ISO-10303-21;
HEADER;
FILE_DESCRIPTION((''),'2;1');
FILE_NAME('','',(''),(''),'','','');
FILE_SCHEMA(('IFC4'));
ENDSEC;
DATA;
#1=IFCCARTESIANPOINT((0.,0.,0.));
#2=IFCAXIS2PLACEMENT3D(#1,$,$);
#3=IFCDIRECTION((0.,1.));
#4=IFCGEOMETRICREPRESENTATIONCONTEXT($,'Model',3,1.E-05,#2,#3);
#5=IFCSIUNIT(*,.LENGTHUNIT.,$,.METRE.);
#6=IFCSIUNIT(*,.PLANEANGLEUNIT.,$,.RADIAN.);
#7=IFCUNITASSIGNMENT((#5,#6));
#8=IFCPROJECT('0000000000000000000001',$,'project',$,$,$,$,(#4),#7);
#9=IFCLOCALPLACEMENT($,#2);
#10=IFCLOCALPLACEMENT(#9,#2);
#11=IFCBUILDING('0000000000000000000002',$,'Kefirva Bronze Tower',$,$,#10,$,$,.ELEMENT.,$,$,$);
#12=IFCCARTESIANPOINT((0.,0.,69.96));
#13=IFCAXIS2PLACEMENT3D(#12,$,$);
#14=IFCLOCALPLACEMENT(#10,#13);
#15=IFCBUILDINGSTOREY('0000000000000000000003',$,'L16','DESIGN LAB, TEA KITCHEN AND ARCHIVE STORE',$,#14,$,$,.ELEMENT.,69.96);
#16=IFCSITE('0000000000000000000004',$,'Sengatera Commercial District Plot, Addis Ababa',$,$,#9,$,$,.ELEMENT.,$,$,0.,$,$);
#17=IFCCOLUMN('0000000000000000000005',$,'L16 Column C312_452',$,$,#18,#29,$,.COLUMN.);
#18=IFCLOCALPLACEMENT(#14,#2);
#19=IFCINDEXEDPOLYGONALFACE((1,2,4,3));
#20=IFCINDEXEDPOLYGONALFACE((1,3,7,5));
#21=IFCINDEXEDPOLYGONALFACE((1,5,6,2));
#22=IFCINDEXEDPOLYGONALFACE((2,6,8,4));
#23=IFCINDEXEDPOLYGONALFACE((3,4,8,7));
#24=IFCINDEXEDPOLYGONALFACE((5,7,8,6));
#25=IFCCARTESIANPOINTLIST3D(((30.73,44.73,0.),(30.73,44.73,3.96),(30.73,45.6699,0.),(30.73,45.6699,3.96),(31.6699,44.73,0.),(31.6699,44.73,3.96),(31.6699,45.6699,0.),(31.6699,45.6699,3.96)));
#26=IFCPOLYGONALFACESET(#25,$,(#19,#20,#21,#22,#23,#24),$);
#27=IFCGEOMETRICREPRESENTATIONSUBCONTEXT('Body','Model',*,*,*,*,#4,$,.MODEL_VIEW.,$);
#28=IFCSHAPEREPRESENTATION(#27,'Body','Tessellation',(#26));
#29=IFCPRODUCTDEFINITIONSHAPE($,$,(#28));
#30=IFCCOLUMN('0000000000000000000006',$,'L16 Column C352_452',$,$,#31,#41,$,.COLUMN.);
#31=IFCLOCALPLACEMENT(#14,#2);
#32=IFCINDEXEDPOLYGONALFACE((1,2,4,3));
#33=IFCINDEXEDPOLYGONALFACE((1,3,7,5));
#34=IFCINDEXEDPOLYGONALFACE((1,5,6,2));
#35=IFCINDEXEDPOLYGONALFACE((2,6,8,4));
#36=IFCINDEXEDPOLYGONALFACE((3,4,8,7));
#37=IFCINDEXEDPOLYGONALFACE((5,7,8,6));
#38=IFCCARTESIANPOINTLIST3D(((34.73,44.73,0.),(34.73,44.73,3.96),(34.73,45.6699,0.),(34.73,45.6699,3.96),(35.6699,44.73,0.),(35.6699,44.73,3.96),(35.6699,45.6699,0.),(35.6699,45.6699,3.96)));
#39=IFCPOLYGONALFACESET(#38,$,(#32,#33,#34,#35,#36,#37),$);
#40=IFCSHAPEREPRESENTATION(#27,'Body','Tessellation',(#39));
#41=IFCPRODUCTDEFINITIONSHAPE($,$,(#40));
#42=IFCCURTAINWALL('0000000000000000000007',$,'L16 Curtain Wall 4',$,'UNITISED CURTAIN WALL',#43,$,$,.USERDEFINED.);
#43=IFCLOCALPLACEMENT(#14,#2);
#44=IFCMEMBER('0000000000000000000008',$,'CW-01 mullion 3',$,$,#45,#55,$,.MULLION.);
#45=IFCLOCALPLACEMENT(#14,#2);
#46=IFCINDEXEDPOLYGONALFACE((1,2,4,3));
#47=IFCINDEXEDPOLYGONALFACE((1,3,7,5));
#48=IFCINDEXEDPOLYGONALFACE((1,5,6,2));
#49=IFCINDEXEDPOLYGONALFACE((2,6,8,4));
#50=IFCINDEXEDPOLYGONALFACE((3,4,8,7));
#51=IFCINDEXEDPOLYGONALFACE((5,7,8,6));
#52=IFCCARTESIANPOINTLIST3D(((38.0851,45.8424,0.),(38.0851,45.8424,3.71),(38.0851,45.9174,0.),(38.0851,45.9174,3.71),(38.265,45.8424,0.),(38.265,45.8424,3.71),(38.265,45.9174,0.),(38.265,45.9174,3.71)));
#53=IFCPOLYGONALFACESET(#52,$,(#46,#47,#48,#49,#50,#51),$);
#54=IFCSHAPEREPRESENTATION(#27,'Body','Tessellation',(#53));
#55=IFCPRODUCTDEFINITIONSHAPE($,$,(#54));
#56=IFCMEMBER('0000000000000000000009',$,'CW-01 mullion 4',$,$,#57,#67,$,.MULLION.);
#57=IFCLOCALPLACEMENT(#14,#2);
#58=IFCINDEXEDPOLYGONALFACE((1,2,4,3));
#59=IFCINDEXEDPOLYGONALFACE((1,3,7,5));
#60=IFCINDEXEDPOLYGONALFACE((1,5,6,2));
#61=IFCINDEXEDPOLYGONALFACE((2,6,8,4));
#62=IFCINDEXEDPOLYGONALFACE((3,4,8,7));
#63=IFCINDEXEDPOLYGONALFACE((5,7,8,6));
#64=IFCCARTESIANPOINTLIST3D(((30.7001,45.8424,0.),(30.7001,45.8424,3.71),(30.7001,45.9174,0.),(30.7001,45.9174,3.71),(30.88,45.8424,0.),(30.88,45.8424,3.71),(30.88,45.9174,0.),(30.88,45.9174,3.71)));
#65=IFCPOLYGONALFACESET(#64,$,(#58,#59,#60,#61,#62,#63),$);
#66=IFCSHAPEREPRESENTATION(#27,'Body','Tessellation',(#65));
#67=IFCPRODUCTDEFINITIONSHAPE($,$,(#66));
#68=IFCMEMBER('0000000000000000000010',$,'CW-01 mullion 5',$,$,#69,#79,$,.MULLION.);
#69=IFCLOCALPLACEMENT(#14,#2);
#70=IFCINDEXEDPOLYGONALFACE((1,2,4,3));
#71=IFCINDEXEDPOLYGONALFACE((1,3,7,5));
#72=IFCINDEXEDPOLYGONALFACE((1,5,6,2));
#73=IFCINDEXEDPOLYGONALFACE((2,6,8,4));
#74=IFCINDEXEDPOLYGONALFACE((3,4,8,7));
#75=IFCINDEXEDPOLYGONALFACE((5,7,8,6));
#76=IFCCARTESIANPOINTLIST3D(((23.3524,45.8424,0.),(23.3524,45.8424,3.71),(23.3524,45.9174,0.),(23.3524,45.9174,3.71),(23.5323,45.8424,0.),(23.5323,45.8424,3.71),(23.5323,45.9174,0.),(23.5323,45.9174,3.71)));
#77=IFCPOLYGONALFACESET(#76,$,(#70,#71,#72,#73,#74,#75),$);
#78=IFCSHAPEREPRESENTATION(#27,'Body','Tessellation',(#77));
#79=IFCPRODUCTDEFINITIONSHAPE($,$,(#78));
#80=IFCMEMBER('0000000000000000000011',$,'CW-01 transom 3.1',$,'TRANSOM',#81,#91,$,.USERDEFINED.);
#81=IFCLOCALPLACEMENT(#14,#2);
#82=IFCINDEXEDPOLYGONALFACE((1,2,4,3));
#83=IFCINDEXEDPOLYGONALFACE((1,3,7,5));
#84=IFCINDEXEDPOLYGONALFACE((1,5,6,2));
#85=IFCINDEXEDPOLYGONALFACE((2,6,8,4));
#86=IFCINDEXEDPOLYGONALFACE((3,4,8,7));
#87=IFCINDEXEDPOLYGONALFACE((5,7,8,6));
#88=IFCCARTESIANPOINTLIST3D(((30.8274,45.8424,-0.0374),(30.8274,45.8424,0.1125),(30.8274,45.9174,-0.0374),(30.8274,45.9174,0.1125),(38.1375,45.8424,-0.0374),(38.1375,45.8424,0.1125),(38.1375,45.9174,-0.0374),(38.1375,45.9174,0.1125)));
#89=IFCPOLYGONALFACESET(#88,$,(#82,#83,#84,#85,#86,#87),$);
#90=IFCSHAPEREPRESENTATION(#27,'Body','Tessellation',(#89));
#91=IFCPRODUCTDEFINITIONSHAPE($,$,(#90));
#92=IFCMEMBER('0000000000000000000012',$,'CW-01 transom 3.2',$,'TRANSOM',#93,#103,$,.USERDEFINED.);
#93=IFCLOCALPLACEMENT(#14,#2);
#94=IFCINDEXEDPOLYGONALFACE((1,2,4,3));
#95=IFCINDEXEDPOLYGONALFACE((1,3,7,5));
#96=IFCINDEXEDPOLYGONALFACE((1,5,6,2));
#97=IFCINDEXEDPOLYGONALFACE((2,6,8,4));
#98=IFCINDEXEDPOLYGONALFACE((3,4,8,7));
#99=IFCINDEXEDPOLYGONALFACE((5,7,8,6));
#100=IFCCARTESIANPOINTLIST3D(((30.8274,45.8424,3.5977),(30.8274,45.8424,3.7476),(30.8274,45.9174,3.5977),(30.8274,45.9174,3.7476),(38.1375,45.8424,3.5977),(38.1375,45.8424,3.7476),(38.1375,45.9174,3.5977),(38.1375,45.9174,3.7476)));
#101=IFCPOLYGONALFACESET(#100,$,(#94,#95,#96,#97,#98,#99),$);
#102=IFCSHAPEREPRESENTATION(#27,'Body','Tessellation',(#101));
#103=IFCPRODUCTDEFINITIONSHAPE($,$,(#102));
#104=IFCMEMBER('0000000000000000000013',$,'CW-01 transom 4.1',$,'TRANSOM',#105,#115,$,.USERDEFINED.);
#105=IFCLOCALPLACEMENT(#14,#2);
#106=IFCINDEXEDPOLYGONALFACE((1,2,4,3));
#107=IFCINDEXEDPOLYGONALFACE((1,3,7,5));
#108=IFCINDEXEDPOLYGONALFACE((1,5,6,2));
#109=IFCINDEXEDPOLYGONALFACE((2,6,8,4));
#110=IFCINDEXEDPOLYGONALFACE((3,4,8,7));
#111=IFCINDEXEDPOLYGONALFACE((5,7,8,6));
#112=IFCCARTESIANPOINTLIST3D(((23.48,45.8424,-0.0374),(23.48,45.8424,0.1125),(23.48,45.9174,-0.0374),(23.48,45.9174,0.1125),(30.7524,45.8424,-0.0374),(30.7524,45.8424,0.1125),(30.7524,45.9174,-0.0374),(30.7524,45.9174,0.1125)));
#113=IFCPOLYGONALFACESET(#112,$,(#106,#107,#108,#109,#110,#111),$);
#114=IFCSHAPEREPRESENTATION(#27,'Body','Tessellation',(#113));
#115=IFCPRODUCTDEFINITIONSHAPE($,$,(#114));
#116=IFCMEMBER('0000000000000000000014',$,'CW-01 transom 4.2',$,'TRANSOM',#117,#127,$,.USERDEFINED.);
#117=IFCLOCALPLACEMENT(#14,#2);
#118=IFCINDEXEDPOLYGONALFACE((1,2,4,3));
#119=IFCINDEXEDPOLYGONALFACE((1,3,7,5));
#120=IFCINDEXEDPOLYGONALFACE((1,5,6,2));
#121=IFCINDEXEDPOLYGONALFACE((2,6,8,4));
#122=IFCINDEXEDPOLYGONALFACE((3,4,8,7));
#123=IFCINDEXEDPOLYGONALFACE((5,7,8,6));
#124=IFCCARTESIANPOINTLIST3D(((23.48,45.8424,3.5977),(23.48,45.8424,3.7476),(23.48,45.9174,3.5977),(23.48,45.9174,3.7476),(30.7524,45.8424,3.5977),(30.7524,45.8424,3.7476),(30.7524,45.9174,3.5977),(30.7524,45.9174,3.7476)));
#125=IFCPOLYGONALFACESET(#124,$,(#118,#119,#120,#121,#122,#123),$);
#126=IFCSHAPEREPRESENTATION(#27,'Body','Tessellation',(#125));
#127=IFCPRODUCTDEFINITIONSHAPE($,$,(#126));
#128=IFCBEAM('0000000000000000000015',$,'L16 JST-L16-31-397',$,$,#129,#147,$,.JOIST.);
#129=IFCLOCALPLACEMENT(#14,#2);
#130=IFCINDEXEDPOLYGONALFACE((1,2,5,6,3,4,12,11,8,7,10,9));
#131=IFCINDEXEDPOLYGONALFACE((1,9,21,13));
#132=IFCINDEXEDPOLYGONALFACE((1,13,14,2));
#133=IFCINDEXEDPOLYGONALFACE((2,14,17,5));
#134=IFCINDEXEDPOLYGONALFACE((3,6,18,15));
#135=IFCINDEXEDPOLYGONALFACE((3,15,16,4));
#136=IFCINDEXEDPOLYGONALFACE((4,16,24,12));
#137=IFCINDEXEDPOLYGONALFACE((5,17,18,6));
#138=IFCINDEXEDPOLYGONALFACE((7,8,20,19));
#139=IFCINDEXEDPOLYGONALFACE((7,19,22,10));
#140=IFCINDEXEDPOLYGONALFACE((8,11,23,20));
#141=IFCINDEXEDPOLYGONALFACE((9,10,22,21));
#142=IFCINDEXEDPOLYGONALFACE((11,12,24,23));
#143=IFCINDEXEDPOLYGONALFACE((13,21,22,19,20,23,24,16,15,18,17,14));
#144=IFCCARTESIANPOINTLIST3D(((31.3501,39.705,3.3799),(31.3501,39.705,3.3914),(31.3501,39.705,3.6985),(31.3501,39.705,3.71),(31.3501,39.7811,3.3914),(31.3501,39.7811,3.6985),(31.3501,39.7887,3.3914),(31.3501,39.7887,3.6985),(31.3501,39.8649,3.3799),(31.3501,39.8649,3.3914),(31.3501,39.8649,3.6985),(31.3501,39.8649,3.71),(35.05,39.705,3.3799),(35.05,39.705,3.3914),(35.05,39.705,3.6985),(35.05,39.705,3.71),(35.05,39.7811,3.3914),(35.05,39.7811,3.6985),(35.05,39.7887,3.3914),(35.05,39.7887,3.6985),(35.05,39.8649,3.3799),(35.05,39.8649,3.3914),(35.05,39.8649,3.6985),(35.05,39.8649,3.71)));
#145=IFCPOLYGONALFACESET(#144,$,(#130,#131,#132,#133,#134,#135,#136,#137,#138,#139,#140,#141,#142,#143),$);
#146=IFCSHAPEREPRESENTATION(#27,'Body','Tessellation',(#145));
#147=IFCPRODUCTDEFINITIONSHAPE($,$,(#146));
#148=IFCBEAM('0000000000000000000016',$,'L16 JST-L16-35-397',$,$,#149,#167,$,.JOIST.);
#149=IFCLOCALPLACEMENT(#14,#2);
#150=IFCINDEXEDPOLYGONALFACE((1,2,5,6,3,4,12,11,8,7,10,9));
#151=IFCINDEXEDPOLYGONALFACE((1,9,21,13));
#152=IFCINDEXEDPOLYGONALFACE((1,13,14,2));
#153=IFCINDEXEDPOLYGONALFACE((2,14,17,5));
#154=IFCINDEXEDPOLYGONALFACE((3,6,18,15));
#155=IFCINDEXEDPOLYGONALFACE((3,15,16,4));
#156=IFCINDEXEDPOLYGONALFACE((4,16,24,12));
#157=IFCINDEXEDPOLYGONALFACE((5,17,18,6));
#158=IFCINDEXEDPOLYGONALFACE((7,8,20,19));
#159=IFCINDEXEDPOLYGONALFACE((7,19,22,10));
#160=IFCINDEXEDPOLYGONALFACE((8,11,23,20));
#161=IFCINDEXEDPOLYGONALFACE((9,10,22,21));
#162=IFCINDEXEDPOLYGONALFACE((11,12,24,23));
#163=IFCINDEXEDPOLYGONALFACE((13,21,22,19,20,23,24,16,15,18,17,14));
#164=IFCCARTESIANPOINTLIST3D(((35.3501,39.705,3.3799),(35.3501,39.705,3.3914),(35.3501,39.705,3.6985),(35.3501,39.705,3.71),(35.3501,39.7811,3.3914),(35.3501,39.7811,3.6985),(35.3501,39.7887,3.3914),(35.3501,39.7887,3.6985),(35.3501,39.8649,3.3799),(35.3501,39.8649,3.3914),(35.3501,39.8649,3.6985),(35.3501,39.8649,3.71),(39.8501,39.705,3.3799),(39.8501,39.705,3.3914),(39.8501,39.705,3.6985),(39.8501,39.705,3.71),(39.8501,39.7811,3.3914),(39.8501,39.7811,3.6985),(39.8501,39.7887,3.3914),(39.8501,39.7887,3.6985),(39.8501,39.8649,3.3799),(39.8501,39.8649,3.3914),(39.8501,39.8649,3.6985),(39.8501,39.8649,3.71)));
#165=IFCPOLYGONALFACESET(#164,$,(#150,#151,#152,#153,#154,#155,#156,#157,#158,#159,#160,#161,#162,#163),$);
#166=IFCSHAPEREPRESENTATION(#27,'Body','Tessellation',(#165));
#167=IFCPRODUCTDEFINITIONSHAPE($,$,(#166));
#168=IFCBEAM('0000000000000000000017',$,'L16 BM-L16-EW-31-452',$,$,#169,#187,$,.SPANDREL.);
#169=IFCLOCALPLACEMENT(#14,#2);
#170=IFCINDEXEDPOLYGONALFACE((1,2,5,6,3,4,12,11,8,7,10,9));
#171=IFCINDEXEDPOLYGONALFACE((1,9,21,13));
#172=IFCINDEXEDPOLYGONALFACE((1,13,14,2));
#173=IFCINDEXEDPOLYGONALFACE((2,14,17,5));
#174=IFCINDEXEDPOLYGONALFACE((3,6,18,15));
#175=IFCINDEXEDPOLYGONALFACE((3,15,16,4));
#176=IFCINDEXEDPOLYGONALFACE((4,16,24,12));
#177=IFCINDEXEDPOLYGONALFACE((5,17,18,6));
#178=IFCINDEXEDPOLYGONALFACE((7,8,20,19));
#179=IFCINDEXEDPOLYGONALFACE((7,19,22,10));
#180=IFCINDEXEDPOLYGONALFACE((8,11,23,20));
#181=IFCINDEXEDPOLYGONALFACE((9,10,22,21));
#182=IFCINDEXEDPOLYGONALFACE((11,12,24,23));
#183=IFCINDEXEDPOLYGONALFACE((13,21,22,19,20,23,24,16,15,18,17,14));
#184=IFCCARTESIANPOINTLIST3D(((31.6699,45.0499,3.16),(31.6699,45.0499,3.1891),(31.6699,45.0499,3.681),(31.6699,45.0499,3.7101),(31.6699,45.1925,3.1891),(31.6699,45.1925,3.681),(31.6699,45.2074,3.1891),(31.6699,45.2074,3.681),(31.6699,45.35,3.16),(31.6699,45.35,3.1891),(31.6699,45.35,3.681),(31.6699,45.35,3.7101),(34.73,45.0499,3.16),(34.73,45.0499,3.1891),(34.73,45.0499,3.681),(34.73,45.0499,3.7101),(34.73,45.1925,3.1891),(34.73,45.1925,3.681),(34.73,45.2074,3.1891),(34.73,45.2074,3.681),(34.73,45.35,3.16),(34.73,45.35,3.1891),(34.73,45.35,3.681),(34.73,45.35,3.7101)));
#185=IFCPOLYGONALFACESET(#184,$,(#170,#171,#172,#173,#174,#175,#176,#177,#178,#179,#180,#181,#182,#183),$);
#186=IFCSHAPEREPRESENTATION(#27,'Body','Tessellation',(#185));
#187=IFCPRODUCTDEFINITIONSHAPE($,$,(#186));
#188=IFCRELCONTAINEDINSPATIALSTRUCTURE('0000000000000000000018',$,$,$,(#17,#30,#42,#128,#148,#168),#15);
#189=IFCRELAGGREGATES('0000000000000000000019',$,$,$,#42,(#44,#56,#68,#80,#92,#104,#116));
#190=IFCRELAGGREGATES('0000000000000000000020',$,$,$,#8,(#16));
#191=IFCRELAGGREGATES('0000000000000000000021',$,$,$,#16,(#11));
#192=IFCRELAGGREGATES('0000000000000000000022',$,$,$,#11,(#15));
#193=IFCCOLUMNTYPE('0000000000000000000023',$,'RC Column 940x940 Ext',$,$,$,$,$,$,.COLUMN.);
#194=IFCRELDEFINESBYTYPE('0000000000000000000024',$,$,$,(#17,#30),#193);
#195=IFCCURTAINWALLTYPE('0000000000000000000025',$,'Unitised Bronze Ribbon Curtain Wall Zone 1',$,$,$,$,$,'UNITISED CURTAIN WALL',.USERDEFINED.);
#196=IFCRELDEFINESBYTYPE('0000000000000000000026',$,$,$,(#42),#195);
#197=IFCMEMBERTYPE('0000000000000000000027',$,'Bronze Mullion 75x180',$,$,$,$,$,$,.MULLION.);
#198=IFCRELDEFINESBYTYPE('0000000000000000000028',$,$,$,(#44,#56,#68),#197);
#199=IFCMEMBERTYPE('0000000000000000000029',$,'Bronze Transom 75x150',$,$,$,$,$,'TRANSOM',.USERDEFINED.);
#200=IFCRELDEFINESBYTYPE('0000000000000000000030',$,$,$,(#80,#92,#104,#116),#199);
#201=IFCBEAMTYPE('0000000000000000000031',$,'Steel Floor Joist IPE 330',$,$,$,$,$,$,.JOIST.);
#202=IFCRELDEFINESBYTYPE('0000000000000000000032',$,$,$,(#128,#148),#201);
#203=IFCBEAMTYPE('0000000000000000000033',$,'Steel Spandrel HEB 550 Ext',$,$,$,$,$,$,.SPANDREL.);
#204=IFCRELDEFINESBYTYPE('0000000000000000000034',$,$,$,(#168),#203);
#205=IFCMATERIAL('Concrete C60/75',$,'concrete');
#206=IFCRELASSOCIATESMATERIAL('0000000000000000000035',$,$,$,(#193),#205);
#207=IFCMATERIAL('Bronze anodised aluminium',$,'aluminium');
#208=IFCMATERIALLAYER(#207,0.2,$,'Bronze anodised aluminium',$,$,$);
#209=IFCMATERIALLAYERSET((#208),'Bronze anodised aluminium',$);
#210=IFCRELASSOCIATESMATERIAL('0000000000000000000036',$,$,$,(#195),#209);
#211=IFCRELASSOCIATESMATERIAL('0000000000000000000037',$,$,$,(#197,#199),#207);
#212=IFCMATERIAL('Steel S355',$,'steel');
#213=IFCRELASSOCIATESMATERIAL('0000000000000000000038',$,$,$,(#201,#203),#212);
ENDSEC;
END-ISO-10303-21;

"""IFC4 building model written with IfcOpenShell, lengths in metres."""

from ifc_helpers import new_model, si_unit, direction, frame, origin, origin_2d, place, context, subcontext, project, spatial, rectangle, i_section, extrude, material, layer, layer_set, material_profile, profile_set, type_object, element, aggregate, save


model = new_model("IFC4")

# Units and contexts
model_context = context("Model", 3, precision=1e-05, world=origin(), true_north=direction((0.0, 1.0)))
body_context = subcontext(model_context, "Body", "Model", "MODEL_VIEW")
ifc_project = project(units=[si_unit("LENGTHUNIT", "METRE"), si_unit("PLANEANGLEUNIT", "RADIAN")], contexts=[model_context])

# Site, building, storey
site_placement = place(None, origin())
site = spatial("IfcSite", under=ifc_project, at=site_placement, Name="Sengatera Commercial District Plot, Addis Ababa", CompositionType="ELEMENT", RefElevation=0.0)
building_placement = place(site_placement, origin())
building = spatial("IfcBuilding", under=site, at=building_placement, Name="Kefirva Bronze Tower", CompositionType="ELEMENT")
storey_placement = place(building_placement, frame((0.0, 0.0, 69.96)))
storey = spatial("IfcBuildingStorey", under=building, at=storey_placement, Name="L16", Description="DESIGN LAB, TEA KITCHEN AND ARCHIVE STORE", CompositionType="ELEMENT", Elevation=69.96)

# Columns
ifc_material_1 = material(Name="Concrete C60/75", Category="concrete")
ifc_material_profile_1 = material_profile(ifc_material_1, rectangle(XDim=0.9399, YDim=0.9399, at=origin_2d()), Name="RC 940x940")
ifc_profile_set_1 = profile_set([ifc_material_profile_1], Name="Concrete C60/75")
column_type = type_object("IfcColumnType", Name="RC Column 940x940 Ext", PredefinedType="COLUMN", material=ifc_profile_set_1)
for number, where, z_axis, x_axis, name in (
    (1, (31.2, 45.2, 0.0), (0.0, 0.0, 1.0), (1.0, 0.0, 0.0), "L16 Column C312_452"),
    (2, (35.2, 45.2, 0.0), (0.0, 0.0, 1.0), (1.0, 0.0, 0.0), "L16 Column C352_452"),
):
    element("IfcColumn", number, at=place(storey_placement, frame(where, z_axis=z_axis, x_axis=x_axis)), inside=storey, type_object=column_type, Name=name, PredefinedType="COLUMN", context=body_context, shape_type="SweptSolid", body=[
        extrude(rectangle(XDim=0.9399, YDim=0.9399, at=origin_2d()), origin(), (0.0, 0.0, 1.0), 3.96),
    ])

# Curtain wall, members
ifc_material_2 = material(Name="Bronze anodised aluminium", Category="aluminium")
ifc_layer_1 = layer(ifc_material_2, 0.2, Name="Bronze anodised aluminium")
ifc_layer_set_1 = layer_set([ifc_layer_1], Name="Bronze anodised aluminium")
curtain_wall_type = type_object("IfcCurtainWallType", Name="Unitised Bronze Ribbon Curtain Wall Zone 1", ElementType="UNITISED CURTAIN WALL", PredefinedType="USERDEFINED", material=ifc_layer_set_1)
curtain_wall_placement = place(storey_placement, origin())
curtain_wall = element("IfcCurtainWall", 3, at=curtain_wall_placement, inside=storey, type_object=curtain_wall_type, Name="L16 Curtain Wall 4", ObjectType="UNITISED CURTAIN WALL", PredefinedType="USERDEFINED")
ifc_material_profile_2 = material_profile(ifc_material_2, rectangle(XDim=0.075, YDim=0.1799, at=origin_2d()), Name="ALU 75x180")
ifc_profile_set_2 = profile_set([ifc_material_profile_2], Name="Bronze anodised aluminium")
member_type_1 = type_object("IfcMemberType", Name="Bronze Mullion 75x180", PredefinedType="MULLION", material=ifc_profile_set_2)
member_1_placement = place(storey_placement, frame((38.175, 45.8799, 0.0), z_axis=(0.0, 0.0, 1.0), x_axis=(0.0, -1.0, 0.0)))
member_1 = element("IfcMember", 4, at=member_1_placement, type_object=member_type_1, Name="CW-01 mullion 3", PredefinedType="MULLION", context=body_context, shape_type="SweptSolid", body=[
    extrude(rectangle(XDim=0.075, YDim=0.1799, at=origin_2d()), origin(), (0.0, 0.0, 1.0), 3.71),
])
member_2_placement = place(storey_placement, frame((30.79, 45.8799, 0.0), z_axis=(0.0, 0.0, 1.0), x_axis=(0.0, -1.0, 0.0)))
member_2 = element("IfcMember", 5, at=member_2_placement, type_object=member_type_1, Name="CW-01 mullion 4", PredefinedType="MULLION", context=body_context, shape_type="SweptSolid", body=[
    extrude(rectangle(XDim=0.075, YDim=0.1799, at=origin_2d()), origin(), (0.0, 0.0, 1.0), 3.71),
])
member_3_placement = place(storey_placement, frame((23.4424, 45.8799, 0.0), z_axis=(0.0, 0.0, 1.0), x_axis=(0.0, -1.0, 0.0)))
member_3 = element("IfcMember", 6, at=member_3_placement, type_object=member_type_1, Name="CW-01 mullion 5", PredefinedType="MULLION", context=body_context, shape_type="SweptSolid", body=[
    extrude(rectangle(XDim=0.075, YDim=0.1799, at=origin_2d()), origin(), (0.0, 0.0, 1.0), 3.71),
])
ifc_material_profile_3 = material_profile(ifc_material_2, rectangle(XDim=0.075, YDim=0.1499, at=origin_2d()), Name="ALU 75x150")
ifc_profile_set_3 = profile_set([ifc_material_profile_3], Name="Bronze anodised aluminium")
member_type_2 = type_object("IfcMemberType", Name="Bronze Transom 75x150", ElementType="TRANSOM", PredefinedType="USERDEFINED", material=ifc_profile_set_3)
member_4_placement = place(storey_placement, frame((38.1375, 45.8799, 0.0376), z_axis=(-1.0, 0.0, 0.0), x_axis=(0.0, -1.0, 0.0)))
member_4 = element("IfcMember", 7, at=member_4_placement, type_object=member_type_2, Name="CW-01 transom 3.1", ObjectType="TRANSOM", PredefinedType="USERDEFINED", context=body_context, shape_type="SweptSolid", body=[
    extrude(rectangle(XDim=0.075, YDim=0.1499, at=origin_2d()), origin(), (0.0, 0.0, 1.0), 7.3101),
])
member_5_placement = place(storey_placement, frame((38.1375, 45.8799, 3.6726), z_axis=(-1.0, 0.0, 0.0), x_axis=(0.0, -1.0, 0.0)))
member_5 = element("IfcMember", 8, at=member_5_placement, type_object=member_type_2, Name="CW-01 transom 3.2", ObjectType="TRANSOM", PredefinedType="USERDEFINED", context=body_context, shape_type="SweptSolid", body=[
    extrude(rectangle(XDim=0.075, YDim=0.1499, at=origin_2d()), origin(), (0.0, 0.0, 1.0), 7.3101),
])
member_6_placement = place(storey_placement, frame((30.7524, 45.8799, 0.0376), z_axis=(-1.0, 0.0, 0.0), x_axis=(0.0, -1.0, 0.0)))
member_6 = element("IfcMember", 9, at=member_6_placement, type_object=member_type_2, Name="CW-01 transom 4.1", ObjectType="TRANSOM", PredefinedType="USERDEFINED", context=body_context, shape_type="SweptSolid", body=[
    extrude(rectangle(XDim=0.075, YDim=0.1499, at=origin_2d()), origin(), (0.0, 0.0, 1.0), 7.2725),
])
member_7_placement = place(storey_placement, frame((30.7524, 45.8799, 3.6726), z_axis=(-1.0, 0.0, 0.0), x_axis=(0.0, -1.0, 0.0)))
member_7 = element("IfcMember", 10, at=member_7_placement, type_object=member_type_2, Name="CW-01 transom 4.2", ObjectType="TRANSOM", PredefinedType="USERDEFINED", context=body_context, shape_type="SweptSolid", body=[
    extrude(rectangle(XDim=0.075, YDim=0.1499, at=origin_2d()), origin(), (0.0, 0.0, 1.0), 7.2725),
])

# Beams
ifc_material_3 = material(Name="Steel S355", Category="steel")
ifc_material_profile_4 = material_profile(ifc_material_3, i_section(OverallWidth=0.1599, OverallDepth=0.3301, WebThickness=0.0076, FlangeThickness=0.0115, at=origin_2d()), Name="IPE 330")
ifc_profile_set_4 = profile_set([ifc_material_profile_4], Name="Steel S355")
beam_type_1 = type_object("IfcBeamType", Name="Steel Floor Joist IPE 330", PredefinedType="JOIST", material=ifc_profile_set_4)
beam_1_placement = place(storey_placement, frame((31.3501, 39.7849, 3.5449), z_axis=(1.0, 0.0, 0.0), x_axis=(0.0, 1.0, 0.0)))
element("IfcBeam", 11, at=beam_1_placement, inside=storey, type_object=beam_type_1, Name="L16 JST-L16-31-397", PredefinedType="JOIST", context=body_context, shape_type="SweptSolid", body=[
    extrude(i_section(OverallWidth=0.1599, OverallDepth=0.3301, WebThickness=0.0076, FlangeThickness=0.0115, at=origin_2d()), origin(), (0.0, 0.0, 1.0), 3.7),
])
beam_2_placement = place(storey_placement, frame((35.3501, 39.7849, 3.5449), z_axis=(1.0, 0.0, 0.0), x_axis=(0.0, 1.0, 0.0)))
element("IfcBeam", 12, at=beam_2_placement, inside=storey, type_object=beam_type_1, Name="L16 JST-L16-35-397", PredefinedType="JOIST", context=body_context, shape_type="SweptSolid", body=[
    extrude(i_section(OverallWidth=0.1599, OverallDepth=0.3301, WebThickness=0.0076, FlangeThickness=0.0115, at=origin_2d()), origin(), (0.0, 0.0, 1.0), 4.5),
])
ifc_material_profile_5 = material_profile(ifc_material_3, i_section(OverallWidth=0.3, OverallDepth=0.55, WebThickness=0.0149, FlangeThickness=0.0291, at=origin_2d()), Name="HEB 550")
ifc_profile_set_5 = profile_set([ifc_material_profile_5], Name="Steel S355")
beam_type_2 = type_object("IfcBeamType", Name="Steel Spandrel HEB 550 Ext", PredefinedType="SPANDREL", material=ifc_profile_set_5)
beam_3_placement = place(storey_placement, frame((31.6699, 45.2, 3.4351), z_axis=(1.0, 0.0, 0.0), x_axis=(0.0, 1.0, 0.0)))
element("IfcBeam", 13, at=beam_3_placement, inside=storey, type_object=beam_type_2, Name="L16 BM-L16-EW-31-452", PredefinedType="SPANDREL", context=body_context, shape_type="SweptSolid", body=[
    extrude(i_section(OverallWidth=0.3, OverallDepth=0.55, WebThickness=0.0149, FlangeThickness=0.0291, at=origin_2d()), origin(), (0.0, 0.0, 1.0), 3.0601),
])

aggregate(curtain_wall, [member_1, member_2, member_3, member_4, member_5, member_6, member_7])

save(model, "model.ifc")
